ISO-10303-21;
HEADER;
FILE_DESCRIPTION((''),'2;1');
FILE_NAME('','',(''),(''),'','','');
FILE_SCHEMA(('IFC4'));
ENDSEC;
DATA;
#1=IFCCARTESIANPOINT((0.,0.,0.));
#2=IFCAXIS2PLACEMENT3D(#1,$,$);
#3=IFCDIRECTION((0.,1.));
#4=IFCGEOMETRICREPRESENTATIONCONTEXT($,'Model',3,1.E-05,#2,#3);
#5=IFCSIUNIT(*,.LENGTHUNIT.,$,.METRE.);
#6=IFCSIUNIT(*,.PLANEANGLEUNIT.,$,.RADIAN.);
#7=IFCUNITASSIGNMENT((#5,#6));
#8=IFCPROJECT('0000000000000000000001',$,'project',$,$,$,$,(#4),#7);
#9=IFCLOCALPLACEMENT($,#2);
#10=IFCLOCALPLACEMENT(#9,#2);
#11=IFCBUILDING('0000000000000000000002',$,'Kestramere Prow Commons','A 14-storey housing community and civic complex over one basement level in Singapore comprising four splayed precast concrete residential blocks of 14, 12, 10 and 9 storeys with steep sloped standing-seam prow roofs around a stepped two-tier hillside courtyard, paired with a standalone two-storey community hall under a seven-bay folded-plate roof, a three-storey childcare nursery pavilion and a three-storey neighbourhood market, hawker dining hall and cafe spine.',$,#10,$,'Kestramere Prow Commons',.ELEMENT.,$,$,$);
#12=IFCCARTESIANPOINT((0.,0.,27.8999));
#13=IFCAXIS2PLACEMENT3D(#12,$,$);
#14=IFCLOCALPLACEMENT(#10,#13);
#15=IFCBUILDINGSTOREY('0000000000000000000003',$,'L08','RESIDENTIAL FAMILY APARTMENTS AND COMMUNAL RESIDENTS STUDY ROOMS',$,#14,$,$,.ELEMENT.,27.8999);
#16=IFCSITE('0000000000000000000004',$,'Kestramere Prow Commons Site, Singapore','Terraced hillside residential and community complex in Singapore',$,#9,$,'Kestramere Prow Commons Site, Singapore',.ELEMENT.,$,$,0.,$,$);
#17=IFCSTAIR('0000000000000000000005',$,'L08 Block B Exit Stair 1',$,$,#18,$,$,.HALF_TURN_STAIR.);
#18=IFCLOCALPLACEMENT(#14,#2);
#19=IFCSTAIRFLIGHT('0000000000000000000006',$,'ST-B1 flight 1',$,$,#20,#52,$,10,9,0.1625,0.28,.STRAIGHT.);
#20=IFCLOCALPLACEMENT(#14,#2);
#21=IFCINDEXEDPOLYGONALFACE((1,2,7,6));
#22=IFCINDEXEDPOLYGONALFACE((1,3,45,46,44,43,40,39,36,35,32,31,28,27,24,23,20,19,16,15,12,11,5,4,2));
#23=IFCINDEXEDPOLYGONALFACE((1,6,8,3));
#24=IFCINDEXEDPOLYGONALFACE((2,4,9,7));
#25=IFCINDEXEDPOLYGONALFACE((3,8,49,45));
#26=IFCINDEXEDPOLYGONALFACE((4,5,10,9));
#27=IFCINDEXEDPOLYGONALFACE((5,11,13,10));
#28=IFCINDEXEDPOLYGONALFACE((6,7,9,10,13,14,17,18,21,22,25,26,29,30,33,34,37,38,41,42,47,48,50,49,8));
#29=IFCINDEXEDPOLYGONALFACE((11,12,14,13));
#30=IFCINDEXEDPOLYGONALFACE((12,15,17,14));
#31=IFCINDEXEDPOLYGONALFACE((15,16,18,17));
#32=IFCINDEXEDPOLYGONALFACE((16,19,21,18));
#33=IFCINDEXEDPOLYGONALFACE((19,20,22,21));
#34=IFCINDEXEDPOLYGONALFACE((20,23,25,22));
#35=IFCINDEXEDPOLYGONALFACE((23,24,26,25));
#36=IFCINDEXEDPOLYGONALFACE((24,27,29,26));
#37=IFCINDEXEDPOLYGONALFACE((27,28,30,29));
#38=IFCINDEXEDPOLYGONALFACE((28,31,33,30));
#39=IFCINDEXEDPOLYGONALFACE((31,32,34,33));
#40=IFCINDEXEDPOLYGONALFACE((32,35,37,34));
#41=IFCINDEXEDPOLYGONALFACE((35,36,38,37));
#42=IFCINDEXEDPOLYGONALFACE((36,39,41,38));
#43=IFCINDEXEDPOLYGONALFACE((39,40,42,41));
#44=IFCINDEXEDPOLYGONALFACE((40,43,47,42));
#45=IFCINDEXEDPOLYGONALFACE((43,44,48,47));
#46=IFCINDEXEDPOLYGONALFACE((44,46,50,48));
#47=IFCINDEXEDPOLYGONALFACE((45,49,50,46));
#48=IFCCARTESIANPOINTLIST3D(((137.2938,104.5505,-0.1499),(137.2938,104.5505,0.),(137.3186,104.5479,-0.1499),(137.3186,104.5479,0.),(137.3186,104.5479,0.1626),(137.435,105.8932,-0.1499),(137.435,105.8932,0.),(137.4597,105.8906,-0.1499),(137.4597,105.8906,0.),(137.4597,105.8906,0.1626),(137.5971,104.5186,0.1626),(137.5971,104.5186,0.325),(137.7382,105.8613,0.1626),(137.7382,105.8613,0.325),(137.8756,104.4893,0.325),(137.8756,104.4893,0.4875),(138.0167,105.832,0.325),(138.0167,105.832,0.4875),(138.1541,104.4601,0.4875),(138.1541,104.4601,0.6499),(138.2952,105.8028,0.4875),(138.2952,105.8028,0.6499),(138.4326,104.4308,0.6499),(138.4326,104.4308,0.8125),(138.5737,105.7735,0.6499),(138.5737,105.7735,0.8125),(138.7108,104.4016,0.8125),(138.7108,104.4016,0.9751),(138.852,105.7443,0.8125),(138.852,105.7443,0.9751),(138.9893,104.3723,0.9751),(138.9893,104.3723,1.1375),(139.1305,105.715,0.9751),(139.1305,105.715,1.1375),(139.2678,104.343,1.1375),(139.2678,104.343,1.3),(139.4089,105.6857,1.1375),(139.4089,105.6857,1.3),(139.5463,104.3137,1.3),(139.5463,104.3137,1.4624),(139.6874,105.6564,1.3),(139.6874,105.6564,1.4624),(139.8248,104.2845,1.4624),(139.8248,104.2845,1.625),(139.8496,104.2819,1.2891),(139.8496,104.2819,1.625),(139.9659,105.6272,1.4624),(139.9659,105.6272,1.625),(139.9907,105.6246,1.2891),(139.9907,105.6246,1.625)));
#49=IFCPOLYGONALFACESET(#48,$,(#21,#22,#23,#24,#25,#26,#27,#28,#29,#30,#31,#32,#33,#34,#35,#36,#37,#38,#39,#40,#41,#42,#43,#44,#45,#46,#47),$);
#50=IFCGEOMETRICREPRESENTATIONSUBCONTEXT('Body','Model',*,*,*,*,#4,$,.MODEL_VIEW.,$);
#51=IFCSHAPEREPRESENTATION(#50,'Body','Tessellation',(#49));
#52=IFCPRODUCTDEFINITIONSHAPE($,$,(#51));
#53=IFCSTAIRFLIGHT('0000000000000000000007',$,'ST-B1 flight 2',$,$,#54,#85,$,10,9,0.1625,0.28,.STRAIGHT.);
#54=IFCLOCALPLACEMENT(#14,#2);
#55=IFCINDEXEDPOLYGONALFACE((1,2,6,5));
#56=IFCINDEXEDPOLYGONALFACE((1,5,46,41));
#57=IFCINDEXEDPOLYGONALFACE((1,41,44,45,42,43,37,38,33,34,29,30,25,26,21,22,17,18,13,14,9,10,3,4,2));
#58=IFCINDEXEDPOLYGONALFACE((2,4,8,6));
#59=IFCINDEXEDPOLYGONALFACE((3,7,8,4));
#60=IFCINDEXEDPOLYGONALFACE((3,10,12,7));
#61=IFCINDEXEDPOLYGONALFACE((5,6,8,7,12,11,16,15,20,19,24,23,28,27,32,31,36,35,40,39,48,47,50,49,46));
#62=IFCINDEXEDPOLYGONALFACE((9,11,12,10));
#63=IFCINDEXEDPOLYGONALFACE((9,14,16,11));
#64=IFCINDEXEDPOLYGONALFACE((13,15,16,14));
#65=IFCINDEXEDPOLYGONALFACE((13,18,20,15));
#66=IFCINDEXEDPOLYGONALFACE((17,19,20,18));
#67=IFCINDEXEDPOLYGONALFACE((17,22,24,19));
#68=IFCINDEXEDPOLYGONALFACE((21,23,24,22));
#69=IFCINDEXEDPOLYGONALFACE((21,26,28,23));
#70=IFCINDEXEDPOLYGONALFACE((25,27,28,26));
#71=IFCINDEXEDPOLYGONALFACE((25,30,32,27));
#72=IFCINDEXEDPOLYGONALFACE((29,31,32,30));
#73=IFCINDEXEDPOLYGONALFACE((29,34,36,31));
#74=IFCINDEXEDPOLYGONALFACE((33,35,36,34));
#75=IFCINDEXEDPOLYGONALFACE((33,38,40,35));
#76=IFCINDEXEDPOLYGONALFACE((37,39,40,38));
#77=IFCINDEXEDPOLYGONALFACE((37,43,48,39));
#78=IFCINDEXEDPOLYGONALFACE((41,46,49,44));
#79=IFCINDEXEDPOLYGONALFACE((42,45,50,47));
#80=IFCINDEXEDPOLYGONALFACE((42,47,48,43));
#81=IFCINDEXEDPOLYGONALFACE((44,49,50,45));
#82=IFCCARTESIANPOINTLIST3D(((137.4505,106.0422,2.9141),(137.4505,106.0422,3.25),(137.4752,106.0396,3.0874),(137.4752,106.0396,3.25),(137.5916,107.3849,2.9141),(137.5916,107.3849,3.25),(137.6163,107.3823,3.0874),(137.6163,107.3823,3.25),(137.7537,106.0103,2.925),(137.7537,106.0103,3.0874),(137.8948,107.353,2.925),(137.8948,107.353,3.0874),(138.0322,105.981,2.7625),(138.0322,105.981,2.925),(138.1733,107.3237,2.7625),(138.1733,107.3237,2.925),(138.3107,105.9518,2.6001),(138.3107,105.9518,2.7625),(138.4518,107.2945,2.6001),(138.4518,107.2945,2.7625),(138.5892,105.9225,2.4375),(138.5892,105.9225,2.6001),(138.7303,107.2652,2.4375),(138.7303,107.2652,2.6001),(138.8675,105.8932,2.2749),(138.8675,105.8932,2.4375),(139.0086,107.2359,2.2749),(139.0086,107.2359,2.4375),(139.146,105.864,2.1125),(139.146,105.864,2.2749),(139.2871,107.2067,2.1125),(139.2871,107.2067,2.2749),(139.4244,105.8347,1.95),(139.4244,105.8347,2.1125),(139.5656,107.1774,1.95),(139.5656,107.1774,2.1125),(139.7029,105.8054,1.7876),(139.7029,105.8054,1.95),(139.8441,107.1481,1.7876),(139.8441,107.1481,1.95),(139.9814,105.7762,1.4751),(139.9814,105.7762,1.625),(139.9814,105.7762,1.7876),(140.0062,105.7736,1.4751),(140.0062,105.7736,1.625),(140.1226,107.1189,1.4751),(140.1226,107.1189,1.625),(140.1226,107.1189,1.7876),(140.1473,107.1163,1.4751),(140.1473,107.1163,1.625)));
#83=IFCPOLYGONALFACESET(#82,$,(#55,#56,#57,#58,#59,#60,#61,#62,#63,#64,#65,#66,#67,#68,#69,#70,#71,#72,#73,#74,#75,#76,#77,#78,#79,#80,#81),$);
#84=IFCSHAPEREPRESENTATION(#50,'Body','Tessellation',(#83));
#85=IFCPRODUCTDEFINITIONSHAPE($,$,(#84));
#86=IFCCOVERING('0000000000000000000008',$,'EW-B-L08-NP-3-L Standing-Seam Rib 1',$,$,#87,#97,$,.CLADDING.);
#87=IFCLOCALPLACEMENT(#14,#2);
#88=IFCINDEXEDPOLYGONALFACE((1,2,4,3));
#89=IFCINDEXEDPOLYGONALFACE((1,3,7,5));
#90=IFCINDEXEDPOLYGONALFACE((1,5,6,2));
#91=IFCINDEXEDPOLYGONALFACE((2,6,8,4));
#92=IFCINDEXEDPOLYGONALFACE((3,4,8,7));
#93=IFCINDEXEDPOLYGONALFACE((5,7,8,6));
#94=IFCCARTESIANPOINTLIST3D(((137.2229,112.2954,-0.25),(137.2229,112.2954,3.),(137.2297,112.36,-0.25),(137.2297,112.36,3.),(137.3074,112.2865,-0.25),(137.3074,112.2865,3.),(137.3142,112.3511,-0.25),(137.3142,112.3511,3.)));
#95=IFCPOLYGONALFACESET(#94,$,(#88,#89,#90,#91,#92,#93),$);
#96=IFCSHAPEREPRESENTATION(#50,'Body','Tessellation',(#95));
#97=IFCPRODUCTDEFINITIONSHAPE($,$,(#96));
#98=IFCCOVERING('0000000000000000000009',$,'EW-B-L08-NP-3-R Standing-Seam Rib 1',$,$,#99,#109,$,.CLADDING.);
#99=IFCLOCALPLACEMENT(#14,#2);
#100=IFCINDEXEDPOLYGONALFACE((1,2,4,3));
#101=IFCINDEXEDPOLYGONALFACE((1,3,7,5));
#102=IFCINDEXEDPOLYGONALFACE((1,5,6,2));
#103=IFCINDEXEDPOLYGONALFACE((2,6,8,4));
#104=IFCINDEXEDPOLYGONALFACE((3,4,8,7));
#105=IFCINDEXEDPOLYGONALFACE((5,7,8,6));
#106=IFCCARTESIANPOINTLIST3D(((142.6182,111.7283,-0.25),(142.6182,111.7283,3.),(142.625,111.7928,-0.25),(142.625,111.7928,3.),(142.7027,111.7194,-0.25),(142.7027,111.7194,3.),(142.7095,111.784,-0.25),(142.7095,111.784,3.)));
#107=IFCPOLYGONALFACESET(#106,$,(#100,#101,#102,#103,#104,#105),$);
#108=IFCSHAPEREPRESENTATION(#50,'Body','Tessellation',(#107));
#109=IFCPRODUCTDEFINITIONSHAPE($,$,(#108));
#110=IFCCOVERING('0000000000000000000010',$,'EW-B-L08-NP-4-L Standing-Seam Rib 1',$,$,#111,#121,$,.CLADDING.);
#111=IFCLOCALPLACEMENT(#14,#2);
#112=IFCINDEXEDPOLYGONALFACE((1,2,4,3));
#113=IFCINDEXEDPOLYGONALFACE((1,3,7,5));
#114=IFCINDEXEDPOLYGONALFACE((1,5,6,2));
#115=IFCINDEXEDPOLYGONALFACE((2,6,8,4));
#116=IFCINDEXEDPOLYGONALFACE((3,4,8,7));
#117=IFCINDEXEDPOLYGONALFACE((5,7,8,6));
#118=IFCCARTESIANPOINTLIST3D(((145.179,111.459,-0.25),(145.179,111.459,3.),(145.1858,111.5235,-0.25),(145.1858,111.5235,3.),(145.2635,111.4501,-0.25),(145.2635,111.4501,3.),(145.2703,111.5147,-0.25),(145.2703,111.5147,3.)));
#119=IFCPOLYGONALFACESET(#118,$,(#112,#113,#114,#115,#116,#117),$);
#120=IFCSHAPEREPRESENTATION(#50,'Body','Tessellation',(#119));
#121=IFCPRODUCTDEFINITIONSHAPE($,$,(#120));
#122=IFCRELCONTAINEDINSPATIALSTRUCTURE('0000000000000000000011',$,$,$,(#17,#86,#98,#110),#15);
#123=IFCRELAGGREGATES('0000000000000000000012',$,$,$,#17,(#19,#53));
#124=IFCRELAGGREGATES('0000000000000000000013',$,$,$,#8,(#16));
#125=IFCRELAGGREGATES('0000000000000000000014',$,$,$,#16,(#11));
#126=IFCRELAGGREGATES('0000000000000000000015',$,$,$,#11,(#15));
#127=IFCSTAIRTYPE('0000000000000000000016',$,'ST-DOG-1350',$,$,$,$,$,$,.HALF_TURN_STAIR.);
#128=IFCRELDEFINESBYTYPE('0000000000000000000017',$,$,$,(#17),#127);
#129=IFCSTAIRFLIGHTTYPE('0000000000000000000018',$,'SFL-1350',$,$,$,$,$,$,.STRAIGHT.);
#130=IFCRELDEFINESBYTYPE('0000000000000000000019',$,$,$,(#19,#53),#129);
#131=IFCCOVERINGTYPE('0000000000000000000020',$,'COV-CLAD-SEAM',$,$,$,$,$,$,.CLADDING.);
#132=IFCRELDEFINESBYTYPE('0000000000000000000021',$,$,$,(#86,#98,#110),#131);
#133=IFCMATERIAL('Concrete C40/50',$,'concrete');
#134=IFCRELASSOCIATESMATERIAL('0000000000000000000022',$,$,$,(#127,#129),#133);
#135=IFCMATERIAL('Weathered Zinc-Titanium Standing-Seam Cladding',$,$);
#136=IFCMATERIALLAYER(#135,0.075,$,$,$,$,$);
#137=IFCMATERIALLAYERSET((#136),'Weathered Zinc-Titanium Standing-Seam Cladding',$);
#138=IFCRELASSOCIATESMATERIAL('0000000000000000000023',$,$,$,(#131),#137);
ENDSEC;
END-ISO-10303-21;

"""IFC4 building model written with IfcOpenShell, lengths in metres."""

from ifc_helpers import new_model, si_unit, direction, frame, origin, origin_2d, place, context, subcontext, project, spatial, polyline, rectangle, outline, extrude, material, layer, layer_set, type_object, element, aggregate, save


model = new_model("IFC4")

# Units and contexts
model_context = context("Model", 3, precision=1e-05, world=origin(), true_north=direction((0.0, 1.0)))
body_context = subcontext(model_context, "Body", "Model", "MODEL_VIEW")
ifc_project = project(units=[si_unit("LENGTHUNIT", "METRE"), si_unit("PLANEANGLEUNIT", "RADIAN")], contexts=[model_context])

# Site, building, storey
site_placement = place(None, origin())
site = spatial("IfcSite", under=ifc_project, at=site_placement, Name="Kestramere Prow Commons Site, Singapore", Description="Terraced hillside residential and community complex in Singapore", LongName="Kestramere Prow Commons Site, Singapore", CompositionType="ELEMENT", RefElevation=0.0)
building_placement = place(site_placement, origin())
building = spatial("IfcBuilding", under=site, at=building_placement, Name="Kestramere Prow Commons", Description="A 14-storey housing community and civic complex over one basement level in Singapore comprising four splayed precast concrete residential blocks of 14, 12, 10 and 9 storeys with steep sloped standing-seam prow roofs around a stepped two-tier hillside courtyard, paired with a standalone two-storey community hall under a seven-bay folded-plate roof, a three-storey childcare nursery pavilion and a three-storey neighbourhood market, hawker dining hall and cafe spine.", LongName="Kestramere Prow Commons", CompositionType="ELEMENT")
storey_placement = place(building_placement, frame((0.0, 0.0, 27.8999)))
storey = spatial("IfcBuildingStorey", under=building, at=storey_placement, Name="L08", Description="RESIDENTIAL FAMILY APARTMENTS AND COMMUNAL RESIDENTS STUDY ROOMS", CompositionType="ELEMENT", Elevation=27.8999)

# Shared definitions
ifc_material_1 = material(Name="Concrete C40/50", Category="concrete")

# Stair, stair flights
stair_type = type_object("IfcStairType", Name="ST-DOG-1350", PredefinedType="HALF_TURN_STAIR", material=ifc_material_1)
stair_placement = place(storey_placement, origin())
stair = element("IfcStair", 1, at=stair_placement, inside=storey, type_object=stair_type, Name="L08 Block B Exit Stair 1", PredefinedType="HALF_TURN_STAIR")
stair_flight_type = type_object("IfcStairFlightType", Name="SFL-1350", PredefinedType="STRAIGHT", material=ifc_material_1)
stair_flight_1_placement = place(storey_placement, frame((137.3892, 105.2192, 0.0), z_axis=(0.0, 0.0, 1.0), x_axis=(0.994522, -0.104528, 0.0)))
stair_flight_1 = element("IfcStairFlight", 2, at=stair_flight_1_placement, type_object=stair_flight_type, Name="ST-B1 flight 1", NumberOfRisers=10, NumberOfTreads=9, PredefinedType="STRAIGHT", RiserHeight=0.1625, TreadLength=0.28, context=body_context, shape_type="SweptSolid", body=[
    extrude(outline(polyline([(-0.0249, 0.0), (0.0, 0.0), (0.0, 0.1626), (0.28, 0.1626), (0.28, 0.325), (0.5601, 0.325), (0.5601, 0.4875), (0.8401, 0.4875), (0.8401, 0.6499), (1.1201, 0.6499), (1.1201, 0.8125), (1.3999, 0.8125), (1.3999, 0.9751), (1.6799, 0.9751), (1.6799, 1.1375), (1.96, 1.1375), (1.96, 1.3), (2.24, 1.3), (2.24, 1.4624), (2.52, 1.4624), (2.52, 1.625), (2.5449, 1.625), (2.5449, 1.2891), (0.0, -0.1499), (-0.0249, -0.1499), (-0.0249, 0.0)])), frame((0.0, 0.675, 0.0), z_axis=(0.0, -1.0, 0.0), x_axis=(1.0, 0.0, 0.0)), (0.0, 0.0, 1.0), 1.3501),
])
stair_flight_2_placement = place(storey_placement, frame((140.052, 106.4475, 1.625), z_axis=(0.0, 0.0, 1.0), x_axis=(-0.994522, 0.104528, 0.0)))
stair_flight_2 = element("IfcStairFlight", 3, at=stair_flight_2_placement, type_object=stair_flight_type, Name="ST-B1 flight 2", NumberOfRisers=10, NumberOfTreads=9, PredefinedType="STRAIGHT", RiserHeight=0.1625, TreadLength=0.28, context=body_context, shape_type="SweptSolid", body=[
    extrude(outline(polyline([(-0.0249, 0.0), (0.0, 0.0), (0.0, 0.1626), (0.28, 0.1626), (0.28, 0.325), (0.5601, 0.325), (0.5601, 0.4875), (0.8401, 0.4875), (0.8401, 0.6499), (1.1201, 0.6499), (1.1201, 0.8125), (1.3999, 0.8125), (1.3999, 0.9751), (1.6799, 0.9751), (1.6799, 1.1375), (1.96, 1.1375), (1.96, 1.3), (2.24, 1.3), (2.24, 1.4624), (2.52, 1.4624), (2.52, 1.625), (2.5449, 1.625), (2.5449, 1.2891), (0.0, -0.1499), (-0.0249, -0.1499), (-0.0249, 0.0)])), frame((0.0, 0.675, 0.0), z_axis=(0.0, -1.0, 0.0), x_axis=(1.0, 0.0, 0.0)), (0.0, 0.0, 1.0), 1.3501),
])
aggregate(stair, [stair_flight_1, stair_flight_2])

# Coverings
ifc_material_2 = material(Name="Weathered Zinc-Titanium Standing-Seam Cladding")
ifc_layer_1 = layer(ifc_material_2, 0.075)
ifc_layer_set_1 = layer_set([ifc_layer_1], Name="Weathered Zinc-Titanium Standing-Seam Cladding")
covering_type = type_object("IfcCoveringType", Name="COV-CLAD-SEAM", PredefinedType="CLADDING", material=ifc_layer_set_1)
for number, where, z_axis, x_axis, name in (
    (4, (137.2686, 112.3232, -0.25), (0.0, 0.0, 1.0), (0.994522, -0.104528, 0.0), "EW-B-L08-NP-3-L Standing-Seam Rib 1"),
    (5, (142.6638, 111.7561, -0.25), (0.0, 0.0, 1.0), (0.994522, -0.104528, 0.0), "EW-B-L08-NP-3-R Standing-Seam Rib 1"),
    (6, (145.2246, 111.4868, -0.25), (0.0, 0.0, 1.0), (0.994522, -0.104528, 0.0), "EW-B-L08-NP-4-L Standing-Seam Rib 1"),
):
    element("IfcCovering", number, at=place(storey_placement, frame(where, z_axis=z_axis, x_axis=x_axis)), inside=storey, type_object=covering_type, Name=name, PredefinedType="CLADDING", context=body_context, shape_type="SweptSolid", body=[
        extrude(rectangle(XDim=0.085, YDim=0.0649, at=origin_2d()), origin(), (0.0, 0.0, 1.0), 3.25),
    ])

save(model, "model.ifc")
